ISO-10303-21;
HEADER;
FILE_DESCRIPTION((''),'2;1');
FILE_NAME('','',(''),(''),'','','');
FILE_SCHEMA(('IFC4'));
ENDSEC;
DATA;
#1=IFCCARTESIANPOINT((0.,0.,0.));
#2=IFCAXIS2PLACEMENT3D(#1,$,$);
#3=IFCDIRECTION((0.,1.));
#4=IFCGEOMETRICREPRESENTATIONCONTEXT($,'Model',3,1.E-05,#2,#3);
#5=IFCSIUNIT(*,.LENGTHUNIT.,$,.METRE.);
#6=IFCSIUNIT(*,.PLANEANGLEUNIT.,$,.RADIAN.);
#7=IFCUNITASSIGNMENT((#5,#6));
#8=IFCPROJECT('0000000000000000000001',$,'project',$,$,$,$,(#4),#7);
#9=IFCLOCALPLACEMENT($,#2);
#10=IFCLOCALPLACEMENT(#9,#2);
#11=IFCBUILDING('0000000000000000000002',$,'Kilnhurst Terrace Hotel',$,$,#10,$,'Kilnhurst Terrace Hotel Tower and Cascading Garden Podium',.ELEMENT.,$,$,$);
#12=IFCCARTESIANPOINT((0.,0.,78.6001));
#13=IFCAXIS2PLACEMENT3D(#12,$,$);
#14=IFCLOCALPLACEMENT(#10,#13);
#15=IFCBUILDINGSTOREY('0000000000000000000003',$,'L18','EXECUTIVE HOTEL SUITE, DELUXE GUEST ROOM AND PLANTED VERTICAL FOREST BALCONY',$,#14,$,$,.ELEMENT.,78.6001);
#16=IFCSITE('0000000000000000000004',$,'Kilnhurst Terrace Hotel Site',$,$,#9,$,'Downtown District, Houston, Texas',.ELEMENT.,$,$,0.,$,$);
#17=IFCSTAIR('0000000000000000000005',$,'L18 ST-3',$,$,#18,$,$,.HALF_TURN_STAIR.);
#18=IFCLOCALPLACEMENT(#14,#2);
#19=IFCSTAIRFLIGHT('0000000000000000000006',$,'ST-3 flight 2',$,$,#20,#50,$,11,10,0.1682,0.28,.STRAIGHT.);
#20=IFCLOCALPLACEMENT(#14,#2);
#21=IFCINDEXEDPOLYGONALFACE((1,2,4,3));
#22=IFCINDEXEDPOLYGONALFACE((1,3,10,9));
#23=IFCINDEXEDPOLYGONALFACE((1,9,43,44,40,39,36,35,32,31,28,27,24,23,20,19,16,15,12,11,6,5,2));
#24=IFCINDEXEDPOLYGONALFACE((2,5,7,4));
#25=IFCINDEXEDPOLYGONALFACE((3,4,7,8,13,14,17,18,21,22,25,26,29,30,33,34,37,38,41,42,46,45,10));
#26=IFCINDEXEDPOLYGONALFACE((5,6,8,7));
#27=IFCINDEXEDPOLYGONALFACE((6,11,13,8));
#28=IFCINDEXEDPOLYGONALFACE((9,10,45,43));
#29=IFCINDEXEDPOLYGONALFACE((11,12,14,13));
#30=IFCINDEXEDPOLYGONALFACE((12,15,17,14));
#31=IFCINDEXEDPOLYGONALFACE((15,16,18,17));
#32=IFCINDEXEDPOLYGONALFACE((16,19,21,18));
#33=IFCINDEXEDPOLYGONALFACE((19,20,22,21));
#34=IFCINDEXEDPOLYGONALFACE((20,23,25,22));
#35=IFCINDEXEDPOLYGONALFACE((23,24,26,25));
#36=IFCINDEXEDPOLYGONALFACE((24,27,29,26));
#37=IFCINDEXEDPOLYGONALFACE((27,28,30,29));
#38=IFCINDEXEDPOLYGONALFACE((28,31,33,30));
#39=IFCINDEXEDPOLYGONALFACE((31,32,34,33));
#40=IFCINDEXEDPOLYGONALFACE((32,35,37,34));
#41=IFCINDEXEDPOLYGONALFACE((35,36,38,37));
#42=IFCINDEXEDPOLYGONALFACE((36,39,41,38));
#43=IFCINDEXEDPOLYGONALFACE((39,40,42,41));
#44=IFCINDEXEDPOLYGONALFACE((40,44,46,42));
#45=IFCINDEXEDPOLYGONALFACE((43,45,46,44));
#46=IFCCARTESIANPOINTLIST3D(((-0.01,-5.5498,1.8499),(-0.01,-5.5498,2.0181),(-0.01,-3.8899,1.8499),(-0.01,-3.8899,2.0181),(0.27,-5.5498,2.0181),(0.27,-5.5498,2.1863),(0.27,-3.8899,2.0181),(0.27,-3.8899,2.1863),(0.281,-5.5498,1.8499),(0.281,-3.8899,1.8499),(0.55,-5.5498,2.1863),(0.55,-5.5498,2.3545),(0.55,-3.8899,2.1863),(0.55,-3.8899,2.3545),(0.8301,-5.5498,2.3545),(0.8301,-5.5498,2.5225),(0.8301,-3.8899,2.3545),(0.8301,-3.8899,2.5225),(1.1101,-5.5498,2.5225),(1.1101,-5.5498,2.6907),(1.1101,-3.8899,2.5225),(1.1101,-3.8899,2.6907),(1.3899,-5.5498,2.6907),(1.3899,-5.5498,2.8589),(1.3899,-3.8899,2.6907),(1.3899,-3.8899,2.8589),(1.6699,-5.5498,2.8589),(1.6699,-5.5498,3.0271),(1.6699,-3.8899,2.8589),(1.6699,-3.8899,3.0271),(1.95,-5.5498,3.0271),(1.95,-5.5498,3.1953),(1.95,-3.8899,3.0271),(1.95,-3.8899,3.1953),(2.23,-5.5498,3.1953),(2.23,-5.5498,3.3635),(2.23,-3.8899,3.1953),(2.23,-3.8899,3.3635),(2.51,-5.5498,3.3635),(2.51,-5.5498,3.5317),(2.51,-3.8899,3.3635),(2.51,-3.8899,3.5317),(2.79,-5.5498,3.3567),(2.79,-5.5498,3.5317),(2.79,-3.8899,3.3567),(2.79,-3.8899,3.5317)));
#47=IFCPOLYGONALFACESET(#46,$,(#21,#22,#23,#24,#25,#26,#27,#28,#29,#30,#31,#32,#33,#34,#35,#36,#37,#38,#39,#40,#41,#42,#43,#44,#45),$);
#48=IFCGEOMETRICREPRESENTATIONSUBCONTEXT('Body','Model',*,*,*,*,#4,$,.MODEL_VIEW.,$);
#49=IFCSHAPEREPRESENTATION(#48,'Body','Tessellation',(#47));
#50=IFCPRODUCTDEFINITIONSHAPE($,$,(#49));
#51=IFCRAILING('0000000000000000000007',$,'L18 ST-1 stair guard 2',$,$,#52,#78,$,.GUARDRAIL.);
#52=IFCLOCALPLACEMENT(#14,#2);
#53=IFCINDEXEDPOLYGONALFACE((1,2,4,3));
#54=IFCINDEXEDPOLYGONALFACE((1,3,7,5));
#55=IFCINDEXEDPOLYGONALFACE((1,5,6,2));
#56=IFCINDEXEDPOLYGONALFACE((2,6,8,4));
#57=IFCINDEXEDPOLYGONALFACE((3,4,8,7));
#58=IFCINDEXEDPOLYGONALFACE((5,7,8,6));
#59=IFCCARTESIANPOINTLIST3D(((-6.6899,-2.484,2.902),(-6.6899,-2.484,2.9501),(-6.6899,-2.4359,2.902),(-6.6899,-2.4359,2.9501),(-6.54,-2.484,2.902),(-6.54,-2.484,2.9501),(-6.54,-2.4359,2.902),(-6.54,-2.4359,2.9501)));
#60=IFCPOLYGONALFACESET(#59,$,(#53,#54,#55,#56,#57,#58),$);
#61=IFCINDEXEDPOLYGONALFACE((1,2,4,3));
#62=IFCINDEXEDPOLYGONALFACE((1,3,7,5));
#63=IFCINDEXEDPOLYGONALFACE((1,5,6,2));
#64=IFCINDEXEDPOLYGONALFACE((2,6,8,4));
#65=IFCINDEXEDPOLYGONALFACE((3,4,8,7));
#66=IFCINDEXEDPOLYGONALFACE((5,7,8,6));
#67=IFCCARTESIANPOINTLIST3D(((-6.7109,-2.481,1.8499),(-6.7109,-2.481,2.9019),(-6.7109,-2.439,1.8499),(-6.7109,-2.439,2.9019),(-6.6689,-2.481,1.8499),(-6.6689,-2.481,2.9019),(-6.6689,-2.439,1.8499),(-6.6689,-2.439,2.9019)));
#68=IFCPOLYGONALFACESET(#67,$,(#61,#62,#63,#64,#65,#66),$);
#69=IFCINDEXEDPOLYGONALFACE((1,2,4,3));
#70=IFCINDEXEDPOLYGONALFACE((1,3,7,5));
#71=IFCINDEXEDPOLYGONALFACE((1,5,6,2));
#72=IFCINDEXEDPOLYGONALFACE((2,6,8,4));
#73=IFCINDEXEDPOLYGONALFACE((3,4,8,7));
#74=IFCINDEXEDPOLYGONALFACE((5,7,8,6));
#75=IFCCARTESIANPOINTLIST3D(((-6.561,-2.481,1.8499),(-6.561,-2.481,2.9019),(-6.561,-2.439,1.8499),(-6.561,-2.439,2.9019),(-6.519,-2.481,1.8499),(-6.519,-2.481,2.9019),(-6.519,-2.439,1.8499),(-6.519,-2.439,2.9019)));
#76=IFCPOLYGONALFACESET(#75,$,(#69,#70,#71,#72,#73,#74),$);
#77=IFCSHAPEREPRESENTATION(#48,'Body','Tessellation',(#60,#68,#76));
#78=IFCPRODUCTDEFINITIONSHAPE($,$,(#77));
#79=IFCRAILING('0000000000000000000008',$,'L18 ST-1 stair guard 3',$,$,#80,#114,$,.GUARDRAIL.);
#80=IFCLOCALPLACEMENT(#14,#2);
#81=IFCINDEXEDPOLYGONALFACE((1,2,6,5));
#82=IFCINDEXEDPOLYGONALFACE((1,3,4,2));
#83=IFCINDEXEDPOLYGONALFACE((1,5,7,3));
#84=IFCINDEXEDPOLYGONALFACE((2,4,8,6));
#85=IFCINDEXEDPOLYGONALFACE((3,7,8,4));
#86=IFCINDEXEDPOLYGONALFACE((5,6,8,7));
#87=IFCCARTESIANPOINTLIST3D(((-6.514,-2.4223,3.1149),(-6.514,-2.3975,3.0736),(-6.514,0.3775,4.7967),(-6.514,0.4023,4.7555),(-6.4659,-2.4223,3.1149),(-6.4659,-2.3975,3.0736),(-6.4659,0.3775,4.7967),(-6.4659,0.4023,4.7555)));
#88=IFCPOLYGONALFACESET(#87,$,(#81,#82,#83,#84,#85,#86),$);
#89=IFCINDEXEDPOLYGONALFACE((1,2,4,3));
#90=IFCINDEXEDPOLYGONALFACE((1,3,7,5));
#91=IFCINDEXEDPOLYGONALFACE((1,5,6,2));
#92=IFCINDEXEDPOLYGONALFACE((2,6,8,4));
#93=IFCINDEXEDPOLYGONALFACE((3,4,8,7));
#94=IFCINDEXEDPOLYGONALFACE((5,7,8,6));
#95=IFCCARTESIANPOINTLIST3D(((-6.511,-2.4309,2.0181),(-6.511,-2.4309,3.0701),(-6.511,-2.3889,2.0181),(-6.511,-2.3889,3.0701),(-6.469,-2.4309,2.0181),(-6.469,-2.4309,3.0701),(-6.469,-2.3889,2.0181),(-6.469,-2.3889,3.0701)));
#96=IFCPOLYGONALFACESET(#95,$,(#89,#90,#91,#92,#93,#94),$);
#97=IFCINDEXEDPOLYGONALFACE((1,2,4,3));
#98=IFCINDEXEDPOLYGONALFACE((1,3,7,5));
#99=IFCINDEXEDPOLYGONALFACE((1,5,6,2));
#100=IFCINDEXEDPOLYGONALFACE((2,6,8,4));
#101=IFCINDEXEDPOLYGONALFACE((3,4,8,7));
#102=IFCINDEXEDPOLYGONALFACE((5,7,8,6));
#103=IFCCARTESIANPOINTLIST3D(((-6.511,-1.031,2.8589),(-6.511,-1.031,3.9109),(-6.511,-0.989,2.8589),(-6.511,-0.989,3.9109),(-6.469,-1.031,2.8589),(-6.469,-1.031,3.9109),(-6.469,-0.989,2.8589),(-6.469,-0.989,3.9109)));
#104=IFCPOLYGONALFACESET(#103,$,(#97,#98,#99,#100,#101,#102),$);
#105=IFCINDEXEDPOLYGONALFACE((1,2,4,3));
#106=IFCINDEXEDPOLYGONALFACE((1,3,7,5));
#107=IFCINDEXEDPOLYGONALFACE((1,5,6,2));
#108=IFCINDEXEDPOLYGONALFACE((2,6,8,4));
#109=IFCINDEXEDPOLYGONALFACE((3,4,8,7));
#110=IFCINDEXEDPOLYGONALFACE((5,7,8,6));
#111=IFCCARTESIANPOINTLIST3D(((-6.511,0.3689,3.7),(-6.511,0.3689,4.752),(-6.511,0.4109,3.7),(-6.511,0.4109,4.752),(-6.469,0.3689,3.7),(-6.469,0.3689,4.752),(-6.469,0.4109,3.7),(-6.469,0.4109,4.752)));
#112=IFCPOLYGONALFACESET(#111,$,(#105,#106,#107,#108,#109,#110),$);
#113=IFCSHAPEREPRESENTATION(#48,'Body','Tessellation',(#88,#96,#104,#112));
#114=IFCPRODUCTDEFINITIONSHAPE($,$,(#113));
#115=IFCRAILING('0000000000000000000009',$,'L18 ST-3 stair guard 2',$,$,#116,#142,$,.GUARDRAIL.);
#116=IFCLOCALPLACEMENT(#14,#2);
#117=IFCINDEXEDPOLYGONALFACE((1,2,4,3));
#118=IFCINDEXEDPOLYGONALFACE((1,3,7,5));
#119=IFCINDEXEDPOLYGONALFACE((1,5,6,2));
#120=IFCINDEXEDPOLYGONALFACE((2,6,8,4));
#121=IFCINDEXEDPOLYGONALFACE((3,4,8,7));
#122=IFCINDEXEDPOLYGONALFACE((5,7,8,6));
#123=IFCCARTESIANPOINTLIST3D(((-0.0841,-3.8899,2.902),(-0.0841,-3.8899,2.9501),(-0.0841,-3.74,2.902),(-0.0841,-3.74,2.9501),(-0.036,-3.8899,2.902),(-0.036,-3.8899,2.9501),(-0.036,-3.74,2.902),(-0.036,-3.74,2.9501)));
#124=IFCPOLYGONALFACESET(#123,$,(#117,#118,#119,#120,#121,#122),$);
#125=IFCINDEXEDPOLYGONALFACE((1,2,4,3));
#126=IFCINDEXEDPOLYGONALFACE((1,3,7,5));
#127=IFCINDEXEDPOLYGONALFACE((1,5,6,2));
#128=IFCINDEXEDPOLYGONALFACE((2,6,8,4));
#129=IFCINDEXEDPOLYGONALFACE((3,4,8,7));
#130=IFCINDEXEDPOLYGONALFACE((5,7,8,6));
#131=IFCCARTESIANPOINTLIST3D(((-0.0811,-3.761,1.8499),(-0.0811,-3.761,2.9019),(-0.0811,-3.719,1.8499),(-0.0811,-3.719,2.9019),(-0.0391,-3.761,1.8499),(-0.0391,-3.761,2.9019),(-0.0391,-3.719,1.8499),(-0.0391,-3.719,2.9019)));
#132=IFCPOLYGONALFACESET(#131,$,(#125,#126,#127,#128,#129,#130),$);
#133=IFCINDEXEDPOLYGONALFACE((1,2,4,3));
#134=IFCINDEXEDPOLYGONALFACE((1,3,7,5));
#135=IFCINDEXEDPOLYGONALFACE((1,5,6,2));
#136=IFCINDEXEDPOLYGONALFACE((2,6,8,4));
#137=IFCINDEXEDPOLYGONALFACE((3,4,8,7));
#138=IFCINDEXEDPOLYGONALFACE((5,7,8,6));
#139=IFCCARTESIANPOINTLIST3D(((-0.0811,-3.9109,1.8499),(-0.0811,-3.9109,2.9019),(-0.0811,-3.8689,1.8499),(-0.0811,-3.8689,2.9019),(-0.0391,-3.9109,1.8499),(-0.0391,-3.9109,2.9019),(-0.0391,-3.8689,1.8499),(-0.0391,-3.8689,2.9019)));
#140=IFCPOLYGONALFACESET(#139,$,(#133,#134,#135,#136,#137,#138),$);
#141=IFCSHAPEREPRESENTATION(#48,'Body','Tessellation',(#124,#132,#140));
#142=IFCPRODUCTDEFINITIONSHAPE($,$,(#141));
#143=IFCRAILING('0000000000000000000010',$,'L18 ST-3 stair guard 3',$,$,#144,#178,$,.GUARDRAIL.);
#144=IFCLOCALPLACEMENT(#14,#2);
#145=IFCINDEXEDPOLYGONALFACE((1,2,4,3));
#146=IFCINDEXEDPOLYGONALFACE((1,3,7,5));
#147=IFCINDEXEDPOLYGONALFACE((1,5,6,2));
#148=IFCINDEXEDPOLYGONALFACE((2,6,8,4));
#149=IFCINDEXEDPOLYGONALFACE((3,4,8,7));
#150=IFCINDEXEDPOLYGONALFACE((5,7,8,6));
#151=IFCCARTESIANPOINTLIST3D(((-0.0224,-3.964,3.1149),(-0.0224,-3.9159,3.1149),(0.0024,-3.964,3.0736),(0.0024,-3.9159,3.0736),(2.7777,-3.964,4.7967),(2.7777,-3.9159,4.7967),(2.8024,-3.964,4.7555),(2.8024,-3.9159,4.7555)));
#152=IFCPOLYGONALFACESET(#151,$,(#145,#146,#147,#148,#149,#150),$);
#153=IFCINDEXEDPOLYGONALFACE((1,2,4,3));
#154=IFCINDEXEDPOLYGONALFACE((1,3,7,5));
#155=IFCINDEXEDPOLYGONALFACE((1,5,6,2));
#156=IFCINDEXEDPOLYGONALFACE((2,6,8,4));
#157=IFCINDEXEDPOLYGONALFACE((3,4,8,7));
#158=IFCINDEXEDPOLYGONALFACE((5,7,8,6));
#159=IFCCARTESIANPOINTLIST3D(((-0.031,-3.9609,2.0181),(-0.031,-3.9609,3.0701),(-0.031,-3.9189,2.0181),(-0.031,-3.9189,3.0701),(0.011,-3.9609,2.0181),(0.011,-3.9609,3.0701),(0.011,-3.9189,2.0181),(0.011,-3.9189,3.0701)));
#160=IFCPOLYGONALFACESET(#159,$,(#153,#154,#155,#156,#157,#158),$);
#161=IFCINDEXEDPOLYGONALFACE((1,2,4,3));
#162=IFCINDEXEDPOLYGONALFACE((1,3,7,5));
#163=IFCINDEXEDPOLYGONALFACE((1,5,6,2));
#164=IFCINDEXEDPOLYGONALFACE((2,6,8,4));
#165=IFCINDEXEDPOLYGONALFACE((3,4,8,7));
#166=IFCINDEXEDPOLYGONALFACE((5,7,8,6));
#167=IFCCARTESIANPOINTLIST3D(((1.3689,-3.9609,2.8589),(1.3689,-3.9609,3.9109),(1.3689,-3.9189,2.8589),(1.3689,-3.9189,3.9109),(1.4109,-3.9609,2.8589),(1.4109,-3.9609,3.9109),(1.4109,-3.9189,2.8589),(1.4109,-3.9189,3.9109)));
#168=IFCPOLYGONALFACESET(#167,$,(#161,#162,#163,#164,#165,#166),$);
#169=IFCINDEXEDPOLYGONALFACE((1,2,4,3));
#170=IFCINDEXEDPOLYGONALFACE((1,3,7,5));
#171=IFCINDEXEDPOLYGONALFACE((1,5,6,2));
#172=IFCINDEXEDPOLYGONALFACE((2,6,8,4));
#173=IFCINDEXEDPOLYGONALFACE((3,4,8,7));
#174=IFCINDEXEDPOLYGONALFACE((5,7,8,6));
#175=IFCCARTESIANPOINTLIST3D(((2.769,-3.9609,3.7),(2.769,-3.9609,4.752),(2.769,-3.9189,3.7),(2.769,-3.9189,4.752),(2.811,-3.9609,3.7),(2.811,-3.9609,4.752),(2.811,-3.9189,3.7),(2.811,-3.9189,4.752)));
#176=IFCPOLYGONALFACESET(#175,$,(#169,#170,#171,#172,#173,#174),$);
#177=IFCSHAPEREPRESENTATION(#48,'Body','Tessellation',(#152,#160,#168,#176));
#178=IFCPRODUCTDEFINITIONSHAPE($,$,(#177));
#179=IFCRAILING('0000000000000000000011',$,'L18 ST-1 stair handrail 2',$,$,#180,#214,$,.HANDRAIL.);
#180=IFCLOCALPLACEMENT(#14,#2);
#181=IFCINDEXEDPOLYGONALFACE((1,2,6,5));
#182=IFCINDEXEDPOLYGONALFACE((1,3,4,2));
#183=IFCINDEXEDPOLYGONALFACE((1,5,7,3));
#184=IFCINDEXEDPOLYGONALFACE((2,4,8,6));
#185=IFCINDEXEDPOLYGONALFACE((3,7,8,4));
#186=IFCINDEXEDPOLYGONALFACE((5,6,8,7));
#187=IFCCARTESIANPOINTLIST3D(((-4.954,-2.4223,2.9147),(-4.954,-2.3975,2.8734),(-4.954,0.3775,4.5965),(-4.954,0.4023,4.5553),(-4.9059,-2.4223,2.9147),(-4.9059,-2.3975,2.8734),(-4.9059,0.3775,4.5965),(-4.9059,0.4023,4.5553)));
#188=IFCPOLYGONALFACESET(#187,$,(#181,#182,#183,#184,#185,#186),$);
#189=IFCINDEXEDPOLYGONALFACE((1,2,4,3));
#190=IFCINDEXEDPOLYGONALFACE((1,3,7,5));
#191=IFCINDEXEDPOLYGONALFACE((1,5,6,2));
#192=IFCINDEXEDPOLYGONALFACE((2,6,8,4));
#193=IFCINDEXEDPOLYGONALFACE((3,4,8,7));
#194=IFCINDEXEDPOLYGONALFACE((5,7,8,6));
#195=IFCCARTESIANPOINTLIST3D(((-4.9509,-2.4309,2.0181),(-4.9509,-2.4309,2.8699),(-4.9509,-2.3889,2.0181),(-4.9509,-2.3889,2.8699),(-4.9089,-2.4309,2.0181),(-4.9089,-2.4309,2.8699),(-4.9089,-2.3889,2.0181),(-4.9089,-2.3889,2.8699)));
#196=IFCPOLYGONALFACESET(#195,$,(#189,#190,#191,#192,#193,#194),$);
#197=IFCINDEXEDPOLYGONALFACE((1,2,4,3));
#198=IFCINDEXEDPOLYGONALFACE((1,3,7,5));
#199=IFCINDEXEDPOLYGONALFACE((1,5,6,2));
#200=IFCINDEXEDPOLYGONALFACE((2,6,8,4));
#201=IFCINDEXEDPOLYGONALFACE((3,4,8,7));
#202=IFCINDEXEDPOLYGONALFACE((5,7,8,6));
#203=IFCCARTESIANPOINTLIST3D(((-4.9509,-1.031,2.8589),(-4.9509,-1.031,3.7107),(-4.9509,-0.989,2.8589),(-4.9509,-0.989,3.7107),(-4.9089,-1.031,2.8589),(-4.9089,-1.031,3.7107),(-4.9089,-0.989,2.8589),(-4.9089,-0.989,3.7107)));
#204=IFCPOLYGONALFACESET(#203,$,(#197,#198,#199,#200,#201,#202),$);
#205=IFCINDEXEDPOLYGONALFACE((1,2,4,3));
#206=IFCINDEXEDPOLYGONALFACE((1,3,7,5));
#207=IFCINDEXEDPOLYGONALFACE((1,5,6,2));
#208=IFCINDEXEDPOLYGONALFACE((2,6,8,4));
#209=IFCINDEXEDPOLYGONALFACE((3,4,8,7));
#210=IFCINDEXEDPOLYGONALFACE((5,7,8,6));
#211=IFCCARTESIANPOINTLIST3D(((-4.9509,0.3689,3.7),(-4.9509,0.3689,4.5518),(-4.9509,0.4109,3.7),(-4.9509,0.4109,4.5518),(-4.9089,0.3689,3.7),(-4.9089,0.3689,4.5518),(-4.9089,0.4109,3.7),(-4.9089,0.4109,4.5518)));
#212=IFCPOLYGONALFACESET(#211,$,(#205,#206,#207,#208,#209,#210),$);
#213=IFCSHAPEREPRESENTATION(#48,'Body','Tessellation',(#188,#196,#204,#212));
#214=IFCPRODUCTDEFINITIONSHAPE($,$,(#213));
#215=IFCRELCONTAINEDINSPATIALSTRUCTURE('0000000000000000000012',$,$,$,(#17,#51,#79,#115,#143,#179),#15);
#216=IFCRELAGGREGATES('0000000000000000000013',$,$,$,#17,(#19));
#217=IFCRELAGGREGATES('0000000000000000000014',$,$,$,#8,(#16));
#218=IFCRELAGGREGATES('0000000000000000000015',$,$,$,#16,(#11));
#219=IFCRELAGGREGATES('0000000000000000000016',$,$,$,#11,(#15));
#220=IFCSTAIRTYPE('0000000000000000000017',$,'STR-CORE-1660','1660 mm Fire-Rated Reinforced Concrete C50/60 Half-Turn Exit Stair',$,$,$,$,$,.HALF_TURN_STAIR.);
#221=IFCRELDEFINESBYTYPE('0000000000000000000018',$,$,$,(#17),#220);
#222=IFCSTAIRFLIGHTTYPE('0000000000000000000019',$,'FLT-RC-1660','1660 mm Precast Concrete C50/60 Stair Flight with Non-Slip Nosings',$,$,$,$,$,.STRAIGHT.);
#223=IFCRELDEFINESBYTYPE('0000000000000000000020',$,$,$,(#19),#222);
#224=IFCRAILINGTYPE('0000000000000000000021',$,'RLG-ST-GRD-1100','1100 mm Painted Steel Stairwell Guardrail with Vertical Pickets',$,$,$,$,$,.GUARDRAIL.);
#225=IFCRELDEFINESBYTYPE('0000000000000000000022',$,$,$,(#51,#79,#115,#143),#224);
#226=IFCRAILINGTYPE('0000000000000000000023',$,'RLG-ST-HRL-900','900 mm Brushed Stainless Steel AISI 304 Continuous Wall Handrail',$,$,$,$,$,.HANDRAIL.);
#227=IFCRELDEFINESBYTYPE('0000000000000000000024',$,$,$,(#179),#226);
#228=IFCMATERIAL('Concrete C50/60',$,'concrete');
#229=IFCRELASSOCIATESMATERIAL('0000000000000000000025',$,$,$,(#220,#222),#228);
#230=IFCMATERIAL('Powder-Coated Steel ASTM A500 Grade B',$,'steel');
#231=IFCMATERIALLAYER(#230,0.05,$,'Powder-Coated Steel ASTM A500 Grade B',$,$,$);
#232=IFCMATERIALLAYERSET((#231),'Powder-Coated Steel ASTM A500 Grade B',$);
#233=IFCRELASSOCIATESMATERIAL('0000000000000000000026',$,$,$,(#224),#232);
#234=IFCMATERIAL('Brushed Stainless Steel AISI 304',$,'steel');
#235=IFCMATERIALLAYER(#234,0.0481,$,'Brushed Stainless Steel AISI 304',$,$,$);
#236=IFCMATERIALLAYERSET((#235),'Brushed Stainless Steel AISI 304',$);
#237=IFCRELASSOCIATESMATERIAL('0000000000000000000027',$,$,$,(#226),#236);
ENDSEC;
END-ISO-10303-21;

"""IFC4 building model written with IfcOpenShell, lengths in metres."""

from ifc_helpers import new_model, si_unit, direction, frame, origin, origin_2d, place, context, subcontext, project, spatial, polyline, rectangle, outline, extrude, material, layer, layer_set, type_object, element, aggregate, save


model = new_model("IFC4")

# Units and contexts
model_context = context("Model", 3, precision=1e-05, world=origin(), true_north=direction((0.0, 1.0)))
body_context = subcontext(model_context, "Body", "Model", "MODEL_VIEW")
ifc_project = project(units=[si_unit("LENGTHUNIT", "METRE"), si_unit("PLANEANGLEUNIT", "RADIAN")], contexts=[model_context])

# Site, building, storey
site_placement = place(None, origin())
site = spatial("IfcSite", under=ifc_project, at=site_placement, Name="Kilnhurst Terrace Hotel Site", LongName="Downtown District, Houston, Texas", CompositionType="ELEMENT", RefElevation=0.0)
building_placement = place(site_placement, origin())
building = spatial("IfcBuilding", under=site, at=building_placement, Name="Kilnhurst Terrace Hotel", LongName="Kilnhurst Terrace Hotel Tower and Cascading Garden Podium", CompositionType="ELEMENT")
storey_placement = place(building_placement, frame((0.0, 0.0, 78.6001)))
storey = spatial("IfcBuildingStorey", under=building, at=storey_placement, Name="L18", Description="EXECUTIVE HOTEL SUITE, DELUXE GUEST ROOM AND PLANTED VERTICAL FOREST BALCONY", CompositionType="ELEMENT", Elevation=78.6001)

# Shared definitions
ifc_material_1 = material(Name="Concrete C50/60", Category="concrete")

# Stair, stair flight
stair_type = type_object("IfcStairType", Name="STR-CORE-1660", Description="1660 mm Fire-Rated Reinforced Concrete C50/60 Half-Turn Exit Stair", PredefinedType="HALF_TURN_STAIR", material=ifc_material_1)
stair_flight_type = type_object("IfcStairFlightType", Name="FLT-RC-1660", Description="1660 mm Precast Concrete C50/60 Stair Flight with Non-Slip Nosings", PredefinedType="STRAIGHT", material=ifc_material_1)
stair_1_placement = place(storey_placement, origin())
stair_1 = element("IfcStair", 1, at=stair_1_placement, inside=storey, type_object=stair_type, Name="L18 ST-3", PredefinedType="HALF_TURN_STAIR")
stair_flight_1_placement = place(storey_placement, frame((-0.01, -4.72, 1.8499), z_axis=(0.0, 0.0, 1.0), x_axis=(1.0, 0.0, 0.0)))
stair_flight_1 = element("IfcStairFlight", 2, at=stair_flight_1_placement, type_object=stair_flight_type, Name="ST-3 flight 2", NumberOfRisers=11, NumberOfTreads=10, PredefinedType="STRAIGHT", RiserHeight=0.1682, TreadLength=0.28, context=body_context, shape_type="SweptSolid", body=[
    extrude(outline(polyline([(0.0, 0.0), (0.0, 0.1682), (0.28, 0.1682), (0.28, 0.3364), (0.5601, 0.3364), (0.5601, 0.5046), (0.8401, 0.5046), (0.8401, 0.6726), (1.1201, 0.6726), (1.1201, 0.8408), (1.3999, 0.8408), (1.3999, 1.009), (1.6799, 1.009), (1.6799, 1.1772), (1.96, 1.1772), (1.96, 1.3455), (2.24, 1.3455), (2.24, 1.5137), (2.52, 1.5137), (2.52, 1.6819), (2.8, 1.6819), (2.8, 1.8501), (2.8, 1.5068), (0.291, 0.0), (0.0, 0.0)])), frame((0.0, 0.8301, 0.0), z_axis=(0.0, -1.0, 0.0), x_axis=(1.0, 0.0, 0.0)), (0.0, 0.0, 1.0), 1.6599),
])
aggregate(stair_1, [stair_flight_1])

# Railings
ifc_material_2 = material(Name="Powder-Coated Steel ASTM A500 Grade B", Category="steel")
ifc_layer_1 = layer(ifc_material_2, 0.05, Name="Powder-Coated Steel ASTM A500 Grade B")
ifc_layer_set_1 = layer_set([ifc_layer_1], Name="Powder-Coated Steel ASTM A500 Grade B")
railing_type_1 = type_object("IfcRailingType", Name="RLG-ST-GRD-1100", Description="1100 mm Painted Steel Stairwell Guardrail with Vertical Pickets", PredefinedType="GUARDRAIL", material=ifc_layer_set_1)
railing_1_placement = place(storey_placement, frame((-6.6899, -2.46, 1.8499)))
element("IfcRailing", 3, at=railing_1_placement, inside=storey, type_object=railing_type_1, Name="L18 ST-1 stair guard 2", PredefinedType="GUARDRAIL", context=body_context, shape_type="SweptSolid", body=[
    extrude(rectangle(XDim=0.0481, YDim=0.0481, at=origin_2d()), frame((0.0, 0.0, 1.0762), z_axis=(1.0, 0.0, 0.0), x_axis=(0.0, 1.0, 0.0)), (0.0, 0.0, 1.0), 0.1499),
    extrude(rectangle(XDim=0.042, YDim=0.042, at=origin_2d()), origin(), (0.0, 0.0, 1.0), 1.052),
    extrude(rectangle(XDim=0.042, YDim=0.042, at=origin_2d()), frame((0.1499, 0.0, 0.0)), (0.0, 0.0, 1.0), 1.052),
])
railing_2_placement = place(storey_placement, frame((-6.49, -2.4099, 2.0181)))
element("IfcRailing", 4, at=railing_2_placement, inside=storey, type_object=railing_type_1, Name="L18 ST-1 stair guard 3", PredefinedType="GUARDRAIL", context=body_context, shape_type="SweptSolid", body=[
    extrude(rectangle(XDim=0.0481, YDim=0.0481, at=origin_2d()), frame((0.0, 0.0, 1.0762), z_axis=(0.0, 0.857222, 0.514946), x_axis=(-1.0, 0.0, 0.0)), (0.0, 0.0, 1.0), 3.2661),
    extrude(rectangle(XDim=0.042, YDim=0.042, at=origin_2d()), origin(), (0.0, 0.0, 1.0), 1.052),
    extrude(rectangle(XDim=0.042, YDim=0.042, at=origin_2d()), frame((0.0, 1.3999, 0.8408)), (0.0, 0.0, 1.0), 1.052),
    extrude(rectangle(XDim=0.042, YDim=0.042, at=origin_2d()), frame((0.0, 2.7998, 1.6819)), (0.0, 0.0, 1.0), 1.052),
])
railing_3_placement = place(storey_placement, frame((-0.0601, -3.74, 1.8499)))
element("IfcRailing", 5, at=railing_3_placement, inside=storey, type_object=railing_type_1, Name="L18 ST-3 stair guard 2", PredefinedType="GUARDRAIL", context=body_context, shape_type="SweptSolid", body=[
    extrude(rectangle(XDim=0.0481, YDim=0.0481, at=origin_2d()), frame((0.0, 0.0, 1.0762), z_axis=(0.0, -1.0, 0.0), x_axis=(1.0, 0.0, 0.0)), (0.0, 0.0, 1.0), 0.1499),
    extrude(rectangle(XDim=0.042, YDim=0.042, at=origin_2d()), origin(), (0.0, 0.0, 1.0), 1.052),
    extrude(rectangle(XDim=0.042, YDim=0.042, at=origin_2d()), frame((0.0, -0.1499, 0.0)), (0.0, 0.0, 1.0), 1.052),
])
railing_4_placement = place(storey_placement, frame((-0.01, -3.9399, 2.0181)))
element("IfcRailing", 6, at=railing_4_placement, inside=storey, type_object=railing_type_1, Name="L18 ST-3 stair guard 3", PredefinedType="GUARDRAIL", context=body_context, shape_type="SweptSolid", body=[
    extrude(rectangle(XDim=0.0481, YDim=0.0481, at=origin_2d()), frame((0.0, 0.0, 1.0762), z_axis=(0.857242, 0.0, 0.514913), x_axis=(0.0, 1.0, 0.0)), (0.0, 0.0, 1.0), 3.2664),
    extrude(rectangle(XDim=0.042, YDim=0.042, at=origin_2d()), origin(), (0.0, 0.0, 1.0), 1.052),
    extrude(rectangle(XDim=0.042, YDim=0.042, at=origin_2d()), frame((1.3999, 0.0, 0.8408)), (0.0, 0.0, 1.0), 1.052),
    extrude(rectangle(XDim=0.042, YDim=0.042, at=origin_2d()), frame((2.8, 0.0, 1.6819)), (0.0, 0.0, 1.0), 1.052),
])
ifc_material_3 = material(Name="Brushed Stainless Steel AISI 304", Category="steel")
ifc_layer_2 = layer(ifc_material_3, 0.0481, Name="Brushed Stainless Steel AISI 304")
ifc_layer_set_2 = layer_set([ifc_layer_2], Name="Brushed Stainless Steel AISI 304")
railing_type_2 = type_object("IfcRailingType", Name="RLG-ST-HRL-900", Description="900 mm Brushed Stainless Steel AISI 304 Continuous Wall Handrail", PredefinedType="HANDRAIL", material=ifc_layer_set_2)
railing_5_placement = place(storey_placement, frame((-4.9299, -2.4099, 2.0181)))
element("IfcRailing", 7, at=railing_5_placement, inside=storey, type_object=railing_type_2, Name="L18 ST-1 stair handrail 2", PredefinedType="HANDRAIL", context=body_context, shape_type="SweptSolid", body=[
    extrude(rectangle(XDim=0.0481, YDim=0.0481, at=origin_2d()), frame((0.0, 0.0, 0.876), z_axis=(0.0, 0.857222, 0.514946), x_axis=(-1.0, 0.0, 0.0)), (0.0, 0.0, 1.0), 3.2661),
    extrude(rectangle(XDim=0.042, YDim=0.042, at=origin_2d()), origin(), (0.0, 0.0, 1.0), 0.8518),
    extrude(rectangle(XDim=0.042, YDim=0.042, at=origin_2d()), frame((0.0, 1.3999, 0.8408)), (0.0, 0.0, 1.0), 0.8518),
    extrude(rectangle(XDim=0.042, YDim=0.042, at=origin_2d()), frame((0.0, 2.7998, 1.6819)), (0.0, 0.0, 1.0), 0.8518),
])

save(model, "model.ifc")
